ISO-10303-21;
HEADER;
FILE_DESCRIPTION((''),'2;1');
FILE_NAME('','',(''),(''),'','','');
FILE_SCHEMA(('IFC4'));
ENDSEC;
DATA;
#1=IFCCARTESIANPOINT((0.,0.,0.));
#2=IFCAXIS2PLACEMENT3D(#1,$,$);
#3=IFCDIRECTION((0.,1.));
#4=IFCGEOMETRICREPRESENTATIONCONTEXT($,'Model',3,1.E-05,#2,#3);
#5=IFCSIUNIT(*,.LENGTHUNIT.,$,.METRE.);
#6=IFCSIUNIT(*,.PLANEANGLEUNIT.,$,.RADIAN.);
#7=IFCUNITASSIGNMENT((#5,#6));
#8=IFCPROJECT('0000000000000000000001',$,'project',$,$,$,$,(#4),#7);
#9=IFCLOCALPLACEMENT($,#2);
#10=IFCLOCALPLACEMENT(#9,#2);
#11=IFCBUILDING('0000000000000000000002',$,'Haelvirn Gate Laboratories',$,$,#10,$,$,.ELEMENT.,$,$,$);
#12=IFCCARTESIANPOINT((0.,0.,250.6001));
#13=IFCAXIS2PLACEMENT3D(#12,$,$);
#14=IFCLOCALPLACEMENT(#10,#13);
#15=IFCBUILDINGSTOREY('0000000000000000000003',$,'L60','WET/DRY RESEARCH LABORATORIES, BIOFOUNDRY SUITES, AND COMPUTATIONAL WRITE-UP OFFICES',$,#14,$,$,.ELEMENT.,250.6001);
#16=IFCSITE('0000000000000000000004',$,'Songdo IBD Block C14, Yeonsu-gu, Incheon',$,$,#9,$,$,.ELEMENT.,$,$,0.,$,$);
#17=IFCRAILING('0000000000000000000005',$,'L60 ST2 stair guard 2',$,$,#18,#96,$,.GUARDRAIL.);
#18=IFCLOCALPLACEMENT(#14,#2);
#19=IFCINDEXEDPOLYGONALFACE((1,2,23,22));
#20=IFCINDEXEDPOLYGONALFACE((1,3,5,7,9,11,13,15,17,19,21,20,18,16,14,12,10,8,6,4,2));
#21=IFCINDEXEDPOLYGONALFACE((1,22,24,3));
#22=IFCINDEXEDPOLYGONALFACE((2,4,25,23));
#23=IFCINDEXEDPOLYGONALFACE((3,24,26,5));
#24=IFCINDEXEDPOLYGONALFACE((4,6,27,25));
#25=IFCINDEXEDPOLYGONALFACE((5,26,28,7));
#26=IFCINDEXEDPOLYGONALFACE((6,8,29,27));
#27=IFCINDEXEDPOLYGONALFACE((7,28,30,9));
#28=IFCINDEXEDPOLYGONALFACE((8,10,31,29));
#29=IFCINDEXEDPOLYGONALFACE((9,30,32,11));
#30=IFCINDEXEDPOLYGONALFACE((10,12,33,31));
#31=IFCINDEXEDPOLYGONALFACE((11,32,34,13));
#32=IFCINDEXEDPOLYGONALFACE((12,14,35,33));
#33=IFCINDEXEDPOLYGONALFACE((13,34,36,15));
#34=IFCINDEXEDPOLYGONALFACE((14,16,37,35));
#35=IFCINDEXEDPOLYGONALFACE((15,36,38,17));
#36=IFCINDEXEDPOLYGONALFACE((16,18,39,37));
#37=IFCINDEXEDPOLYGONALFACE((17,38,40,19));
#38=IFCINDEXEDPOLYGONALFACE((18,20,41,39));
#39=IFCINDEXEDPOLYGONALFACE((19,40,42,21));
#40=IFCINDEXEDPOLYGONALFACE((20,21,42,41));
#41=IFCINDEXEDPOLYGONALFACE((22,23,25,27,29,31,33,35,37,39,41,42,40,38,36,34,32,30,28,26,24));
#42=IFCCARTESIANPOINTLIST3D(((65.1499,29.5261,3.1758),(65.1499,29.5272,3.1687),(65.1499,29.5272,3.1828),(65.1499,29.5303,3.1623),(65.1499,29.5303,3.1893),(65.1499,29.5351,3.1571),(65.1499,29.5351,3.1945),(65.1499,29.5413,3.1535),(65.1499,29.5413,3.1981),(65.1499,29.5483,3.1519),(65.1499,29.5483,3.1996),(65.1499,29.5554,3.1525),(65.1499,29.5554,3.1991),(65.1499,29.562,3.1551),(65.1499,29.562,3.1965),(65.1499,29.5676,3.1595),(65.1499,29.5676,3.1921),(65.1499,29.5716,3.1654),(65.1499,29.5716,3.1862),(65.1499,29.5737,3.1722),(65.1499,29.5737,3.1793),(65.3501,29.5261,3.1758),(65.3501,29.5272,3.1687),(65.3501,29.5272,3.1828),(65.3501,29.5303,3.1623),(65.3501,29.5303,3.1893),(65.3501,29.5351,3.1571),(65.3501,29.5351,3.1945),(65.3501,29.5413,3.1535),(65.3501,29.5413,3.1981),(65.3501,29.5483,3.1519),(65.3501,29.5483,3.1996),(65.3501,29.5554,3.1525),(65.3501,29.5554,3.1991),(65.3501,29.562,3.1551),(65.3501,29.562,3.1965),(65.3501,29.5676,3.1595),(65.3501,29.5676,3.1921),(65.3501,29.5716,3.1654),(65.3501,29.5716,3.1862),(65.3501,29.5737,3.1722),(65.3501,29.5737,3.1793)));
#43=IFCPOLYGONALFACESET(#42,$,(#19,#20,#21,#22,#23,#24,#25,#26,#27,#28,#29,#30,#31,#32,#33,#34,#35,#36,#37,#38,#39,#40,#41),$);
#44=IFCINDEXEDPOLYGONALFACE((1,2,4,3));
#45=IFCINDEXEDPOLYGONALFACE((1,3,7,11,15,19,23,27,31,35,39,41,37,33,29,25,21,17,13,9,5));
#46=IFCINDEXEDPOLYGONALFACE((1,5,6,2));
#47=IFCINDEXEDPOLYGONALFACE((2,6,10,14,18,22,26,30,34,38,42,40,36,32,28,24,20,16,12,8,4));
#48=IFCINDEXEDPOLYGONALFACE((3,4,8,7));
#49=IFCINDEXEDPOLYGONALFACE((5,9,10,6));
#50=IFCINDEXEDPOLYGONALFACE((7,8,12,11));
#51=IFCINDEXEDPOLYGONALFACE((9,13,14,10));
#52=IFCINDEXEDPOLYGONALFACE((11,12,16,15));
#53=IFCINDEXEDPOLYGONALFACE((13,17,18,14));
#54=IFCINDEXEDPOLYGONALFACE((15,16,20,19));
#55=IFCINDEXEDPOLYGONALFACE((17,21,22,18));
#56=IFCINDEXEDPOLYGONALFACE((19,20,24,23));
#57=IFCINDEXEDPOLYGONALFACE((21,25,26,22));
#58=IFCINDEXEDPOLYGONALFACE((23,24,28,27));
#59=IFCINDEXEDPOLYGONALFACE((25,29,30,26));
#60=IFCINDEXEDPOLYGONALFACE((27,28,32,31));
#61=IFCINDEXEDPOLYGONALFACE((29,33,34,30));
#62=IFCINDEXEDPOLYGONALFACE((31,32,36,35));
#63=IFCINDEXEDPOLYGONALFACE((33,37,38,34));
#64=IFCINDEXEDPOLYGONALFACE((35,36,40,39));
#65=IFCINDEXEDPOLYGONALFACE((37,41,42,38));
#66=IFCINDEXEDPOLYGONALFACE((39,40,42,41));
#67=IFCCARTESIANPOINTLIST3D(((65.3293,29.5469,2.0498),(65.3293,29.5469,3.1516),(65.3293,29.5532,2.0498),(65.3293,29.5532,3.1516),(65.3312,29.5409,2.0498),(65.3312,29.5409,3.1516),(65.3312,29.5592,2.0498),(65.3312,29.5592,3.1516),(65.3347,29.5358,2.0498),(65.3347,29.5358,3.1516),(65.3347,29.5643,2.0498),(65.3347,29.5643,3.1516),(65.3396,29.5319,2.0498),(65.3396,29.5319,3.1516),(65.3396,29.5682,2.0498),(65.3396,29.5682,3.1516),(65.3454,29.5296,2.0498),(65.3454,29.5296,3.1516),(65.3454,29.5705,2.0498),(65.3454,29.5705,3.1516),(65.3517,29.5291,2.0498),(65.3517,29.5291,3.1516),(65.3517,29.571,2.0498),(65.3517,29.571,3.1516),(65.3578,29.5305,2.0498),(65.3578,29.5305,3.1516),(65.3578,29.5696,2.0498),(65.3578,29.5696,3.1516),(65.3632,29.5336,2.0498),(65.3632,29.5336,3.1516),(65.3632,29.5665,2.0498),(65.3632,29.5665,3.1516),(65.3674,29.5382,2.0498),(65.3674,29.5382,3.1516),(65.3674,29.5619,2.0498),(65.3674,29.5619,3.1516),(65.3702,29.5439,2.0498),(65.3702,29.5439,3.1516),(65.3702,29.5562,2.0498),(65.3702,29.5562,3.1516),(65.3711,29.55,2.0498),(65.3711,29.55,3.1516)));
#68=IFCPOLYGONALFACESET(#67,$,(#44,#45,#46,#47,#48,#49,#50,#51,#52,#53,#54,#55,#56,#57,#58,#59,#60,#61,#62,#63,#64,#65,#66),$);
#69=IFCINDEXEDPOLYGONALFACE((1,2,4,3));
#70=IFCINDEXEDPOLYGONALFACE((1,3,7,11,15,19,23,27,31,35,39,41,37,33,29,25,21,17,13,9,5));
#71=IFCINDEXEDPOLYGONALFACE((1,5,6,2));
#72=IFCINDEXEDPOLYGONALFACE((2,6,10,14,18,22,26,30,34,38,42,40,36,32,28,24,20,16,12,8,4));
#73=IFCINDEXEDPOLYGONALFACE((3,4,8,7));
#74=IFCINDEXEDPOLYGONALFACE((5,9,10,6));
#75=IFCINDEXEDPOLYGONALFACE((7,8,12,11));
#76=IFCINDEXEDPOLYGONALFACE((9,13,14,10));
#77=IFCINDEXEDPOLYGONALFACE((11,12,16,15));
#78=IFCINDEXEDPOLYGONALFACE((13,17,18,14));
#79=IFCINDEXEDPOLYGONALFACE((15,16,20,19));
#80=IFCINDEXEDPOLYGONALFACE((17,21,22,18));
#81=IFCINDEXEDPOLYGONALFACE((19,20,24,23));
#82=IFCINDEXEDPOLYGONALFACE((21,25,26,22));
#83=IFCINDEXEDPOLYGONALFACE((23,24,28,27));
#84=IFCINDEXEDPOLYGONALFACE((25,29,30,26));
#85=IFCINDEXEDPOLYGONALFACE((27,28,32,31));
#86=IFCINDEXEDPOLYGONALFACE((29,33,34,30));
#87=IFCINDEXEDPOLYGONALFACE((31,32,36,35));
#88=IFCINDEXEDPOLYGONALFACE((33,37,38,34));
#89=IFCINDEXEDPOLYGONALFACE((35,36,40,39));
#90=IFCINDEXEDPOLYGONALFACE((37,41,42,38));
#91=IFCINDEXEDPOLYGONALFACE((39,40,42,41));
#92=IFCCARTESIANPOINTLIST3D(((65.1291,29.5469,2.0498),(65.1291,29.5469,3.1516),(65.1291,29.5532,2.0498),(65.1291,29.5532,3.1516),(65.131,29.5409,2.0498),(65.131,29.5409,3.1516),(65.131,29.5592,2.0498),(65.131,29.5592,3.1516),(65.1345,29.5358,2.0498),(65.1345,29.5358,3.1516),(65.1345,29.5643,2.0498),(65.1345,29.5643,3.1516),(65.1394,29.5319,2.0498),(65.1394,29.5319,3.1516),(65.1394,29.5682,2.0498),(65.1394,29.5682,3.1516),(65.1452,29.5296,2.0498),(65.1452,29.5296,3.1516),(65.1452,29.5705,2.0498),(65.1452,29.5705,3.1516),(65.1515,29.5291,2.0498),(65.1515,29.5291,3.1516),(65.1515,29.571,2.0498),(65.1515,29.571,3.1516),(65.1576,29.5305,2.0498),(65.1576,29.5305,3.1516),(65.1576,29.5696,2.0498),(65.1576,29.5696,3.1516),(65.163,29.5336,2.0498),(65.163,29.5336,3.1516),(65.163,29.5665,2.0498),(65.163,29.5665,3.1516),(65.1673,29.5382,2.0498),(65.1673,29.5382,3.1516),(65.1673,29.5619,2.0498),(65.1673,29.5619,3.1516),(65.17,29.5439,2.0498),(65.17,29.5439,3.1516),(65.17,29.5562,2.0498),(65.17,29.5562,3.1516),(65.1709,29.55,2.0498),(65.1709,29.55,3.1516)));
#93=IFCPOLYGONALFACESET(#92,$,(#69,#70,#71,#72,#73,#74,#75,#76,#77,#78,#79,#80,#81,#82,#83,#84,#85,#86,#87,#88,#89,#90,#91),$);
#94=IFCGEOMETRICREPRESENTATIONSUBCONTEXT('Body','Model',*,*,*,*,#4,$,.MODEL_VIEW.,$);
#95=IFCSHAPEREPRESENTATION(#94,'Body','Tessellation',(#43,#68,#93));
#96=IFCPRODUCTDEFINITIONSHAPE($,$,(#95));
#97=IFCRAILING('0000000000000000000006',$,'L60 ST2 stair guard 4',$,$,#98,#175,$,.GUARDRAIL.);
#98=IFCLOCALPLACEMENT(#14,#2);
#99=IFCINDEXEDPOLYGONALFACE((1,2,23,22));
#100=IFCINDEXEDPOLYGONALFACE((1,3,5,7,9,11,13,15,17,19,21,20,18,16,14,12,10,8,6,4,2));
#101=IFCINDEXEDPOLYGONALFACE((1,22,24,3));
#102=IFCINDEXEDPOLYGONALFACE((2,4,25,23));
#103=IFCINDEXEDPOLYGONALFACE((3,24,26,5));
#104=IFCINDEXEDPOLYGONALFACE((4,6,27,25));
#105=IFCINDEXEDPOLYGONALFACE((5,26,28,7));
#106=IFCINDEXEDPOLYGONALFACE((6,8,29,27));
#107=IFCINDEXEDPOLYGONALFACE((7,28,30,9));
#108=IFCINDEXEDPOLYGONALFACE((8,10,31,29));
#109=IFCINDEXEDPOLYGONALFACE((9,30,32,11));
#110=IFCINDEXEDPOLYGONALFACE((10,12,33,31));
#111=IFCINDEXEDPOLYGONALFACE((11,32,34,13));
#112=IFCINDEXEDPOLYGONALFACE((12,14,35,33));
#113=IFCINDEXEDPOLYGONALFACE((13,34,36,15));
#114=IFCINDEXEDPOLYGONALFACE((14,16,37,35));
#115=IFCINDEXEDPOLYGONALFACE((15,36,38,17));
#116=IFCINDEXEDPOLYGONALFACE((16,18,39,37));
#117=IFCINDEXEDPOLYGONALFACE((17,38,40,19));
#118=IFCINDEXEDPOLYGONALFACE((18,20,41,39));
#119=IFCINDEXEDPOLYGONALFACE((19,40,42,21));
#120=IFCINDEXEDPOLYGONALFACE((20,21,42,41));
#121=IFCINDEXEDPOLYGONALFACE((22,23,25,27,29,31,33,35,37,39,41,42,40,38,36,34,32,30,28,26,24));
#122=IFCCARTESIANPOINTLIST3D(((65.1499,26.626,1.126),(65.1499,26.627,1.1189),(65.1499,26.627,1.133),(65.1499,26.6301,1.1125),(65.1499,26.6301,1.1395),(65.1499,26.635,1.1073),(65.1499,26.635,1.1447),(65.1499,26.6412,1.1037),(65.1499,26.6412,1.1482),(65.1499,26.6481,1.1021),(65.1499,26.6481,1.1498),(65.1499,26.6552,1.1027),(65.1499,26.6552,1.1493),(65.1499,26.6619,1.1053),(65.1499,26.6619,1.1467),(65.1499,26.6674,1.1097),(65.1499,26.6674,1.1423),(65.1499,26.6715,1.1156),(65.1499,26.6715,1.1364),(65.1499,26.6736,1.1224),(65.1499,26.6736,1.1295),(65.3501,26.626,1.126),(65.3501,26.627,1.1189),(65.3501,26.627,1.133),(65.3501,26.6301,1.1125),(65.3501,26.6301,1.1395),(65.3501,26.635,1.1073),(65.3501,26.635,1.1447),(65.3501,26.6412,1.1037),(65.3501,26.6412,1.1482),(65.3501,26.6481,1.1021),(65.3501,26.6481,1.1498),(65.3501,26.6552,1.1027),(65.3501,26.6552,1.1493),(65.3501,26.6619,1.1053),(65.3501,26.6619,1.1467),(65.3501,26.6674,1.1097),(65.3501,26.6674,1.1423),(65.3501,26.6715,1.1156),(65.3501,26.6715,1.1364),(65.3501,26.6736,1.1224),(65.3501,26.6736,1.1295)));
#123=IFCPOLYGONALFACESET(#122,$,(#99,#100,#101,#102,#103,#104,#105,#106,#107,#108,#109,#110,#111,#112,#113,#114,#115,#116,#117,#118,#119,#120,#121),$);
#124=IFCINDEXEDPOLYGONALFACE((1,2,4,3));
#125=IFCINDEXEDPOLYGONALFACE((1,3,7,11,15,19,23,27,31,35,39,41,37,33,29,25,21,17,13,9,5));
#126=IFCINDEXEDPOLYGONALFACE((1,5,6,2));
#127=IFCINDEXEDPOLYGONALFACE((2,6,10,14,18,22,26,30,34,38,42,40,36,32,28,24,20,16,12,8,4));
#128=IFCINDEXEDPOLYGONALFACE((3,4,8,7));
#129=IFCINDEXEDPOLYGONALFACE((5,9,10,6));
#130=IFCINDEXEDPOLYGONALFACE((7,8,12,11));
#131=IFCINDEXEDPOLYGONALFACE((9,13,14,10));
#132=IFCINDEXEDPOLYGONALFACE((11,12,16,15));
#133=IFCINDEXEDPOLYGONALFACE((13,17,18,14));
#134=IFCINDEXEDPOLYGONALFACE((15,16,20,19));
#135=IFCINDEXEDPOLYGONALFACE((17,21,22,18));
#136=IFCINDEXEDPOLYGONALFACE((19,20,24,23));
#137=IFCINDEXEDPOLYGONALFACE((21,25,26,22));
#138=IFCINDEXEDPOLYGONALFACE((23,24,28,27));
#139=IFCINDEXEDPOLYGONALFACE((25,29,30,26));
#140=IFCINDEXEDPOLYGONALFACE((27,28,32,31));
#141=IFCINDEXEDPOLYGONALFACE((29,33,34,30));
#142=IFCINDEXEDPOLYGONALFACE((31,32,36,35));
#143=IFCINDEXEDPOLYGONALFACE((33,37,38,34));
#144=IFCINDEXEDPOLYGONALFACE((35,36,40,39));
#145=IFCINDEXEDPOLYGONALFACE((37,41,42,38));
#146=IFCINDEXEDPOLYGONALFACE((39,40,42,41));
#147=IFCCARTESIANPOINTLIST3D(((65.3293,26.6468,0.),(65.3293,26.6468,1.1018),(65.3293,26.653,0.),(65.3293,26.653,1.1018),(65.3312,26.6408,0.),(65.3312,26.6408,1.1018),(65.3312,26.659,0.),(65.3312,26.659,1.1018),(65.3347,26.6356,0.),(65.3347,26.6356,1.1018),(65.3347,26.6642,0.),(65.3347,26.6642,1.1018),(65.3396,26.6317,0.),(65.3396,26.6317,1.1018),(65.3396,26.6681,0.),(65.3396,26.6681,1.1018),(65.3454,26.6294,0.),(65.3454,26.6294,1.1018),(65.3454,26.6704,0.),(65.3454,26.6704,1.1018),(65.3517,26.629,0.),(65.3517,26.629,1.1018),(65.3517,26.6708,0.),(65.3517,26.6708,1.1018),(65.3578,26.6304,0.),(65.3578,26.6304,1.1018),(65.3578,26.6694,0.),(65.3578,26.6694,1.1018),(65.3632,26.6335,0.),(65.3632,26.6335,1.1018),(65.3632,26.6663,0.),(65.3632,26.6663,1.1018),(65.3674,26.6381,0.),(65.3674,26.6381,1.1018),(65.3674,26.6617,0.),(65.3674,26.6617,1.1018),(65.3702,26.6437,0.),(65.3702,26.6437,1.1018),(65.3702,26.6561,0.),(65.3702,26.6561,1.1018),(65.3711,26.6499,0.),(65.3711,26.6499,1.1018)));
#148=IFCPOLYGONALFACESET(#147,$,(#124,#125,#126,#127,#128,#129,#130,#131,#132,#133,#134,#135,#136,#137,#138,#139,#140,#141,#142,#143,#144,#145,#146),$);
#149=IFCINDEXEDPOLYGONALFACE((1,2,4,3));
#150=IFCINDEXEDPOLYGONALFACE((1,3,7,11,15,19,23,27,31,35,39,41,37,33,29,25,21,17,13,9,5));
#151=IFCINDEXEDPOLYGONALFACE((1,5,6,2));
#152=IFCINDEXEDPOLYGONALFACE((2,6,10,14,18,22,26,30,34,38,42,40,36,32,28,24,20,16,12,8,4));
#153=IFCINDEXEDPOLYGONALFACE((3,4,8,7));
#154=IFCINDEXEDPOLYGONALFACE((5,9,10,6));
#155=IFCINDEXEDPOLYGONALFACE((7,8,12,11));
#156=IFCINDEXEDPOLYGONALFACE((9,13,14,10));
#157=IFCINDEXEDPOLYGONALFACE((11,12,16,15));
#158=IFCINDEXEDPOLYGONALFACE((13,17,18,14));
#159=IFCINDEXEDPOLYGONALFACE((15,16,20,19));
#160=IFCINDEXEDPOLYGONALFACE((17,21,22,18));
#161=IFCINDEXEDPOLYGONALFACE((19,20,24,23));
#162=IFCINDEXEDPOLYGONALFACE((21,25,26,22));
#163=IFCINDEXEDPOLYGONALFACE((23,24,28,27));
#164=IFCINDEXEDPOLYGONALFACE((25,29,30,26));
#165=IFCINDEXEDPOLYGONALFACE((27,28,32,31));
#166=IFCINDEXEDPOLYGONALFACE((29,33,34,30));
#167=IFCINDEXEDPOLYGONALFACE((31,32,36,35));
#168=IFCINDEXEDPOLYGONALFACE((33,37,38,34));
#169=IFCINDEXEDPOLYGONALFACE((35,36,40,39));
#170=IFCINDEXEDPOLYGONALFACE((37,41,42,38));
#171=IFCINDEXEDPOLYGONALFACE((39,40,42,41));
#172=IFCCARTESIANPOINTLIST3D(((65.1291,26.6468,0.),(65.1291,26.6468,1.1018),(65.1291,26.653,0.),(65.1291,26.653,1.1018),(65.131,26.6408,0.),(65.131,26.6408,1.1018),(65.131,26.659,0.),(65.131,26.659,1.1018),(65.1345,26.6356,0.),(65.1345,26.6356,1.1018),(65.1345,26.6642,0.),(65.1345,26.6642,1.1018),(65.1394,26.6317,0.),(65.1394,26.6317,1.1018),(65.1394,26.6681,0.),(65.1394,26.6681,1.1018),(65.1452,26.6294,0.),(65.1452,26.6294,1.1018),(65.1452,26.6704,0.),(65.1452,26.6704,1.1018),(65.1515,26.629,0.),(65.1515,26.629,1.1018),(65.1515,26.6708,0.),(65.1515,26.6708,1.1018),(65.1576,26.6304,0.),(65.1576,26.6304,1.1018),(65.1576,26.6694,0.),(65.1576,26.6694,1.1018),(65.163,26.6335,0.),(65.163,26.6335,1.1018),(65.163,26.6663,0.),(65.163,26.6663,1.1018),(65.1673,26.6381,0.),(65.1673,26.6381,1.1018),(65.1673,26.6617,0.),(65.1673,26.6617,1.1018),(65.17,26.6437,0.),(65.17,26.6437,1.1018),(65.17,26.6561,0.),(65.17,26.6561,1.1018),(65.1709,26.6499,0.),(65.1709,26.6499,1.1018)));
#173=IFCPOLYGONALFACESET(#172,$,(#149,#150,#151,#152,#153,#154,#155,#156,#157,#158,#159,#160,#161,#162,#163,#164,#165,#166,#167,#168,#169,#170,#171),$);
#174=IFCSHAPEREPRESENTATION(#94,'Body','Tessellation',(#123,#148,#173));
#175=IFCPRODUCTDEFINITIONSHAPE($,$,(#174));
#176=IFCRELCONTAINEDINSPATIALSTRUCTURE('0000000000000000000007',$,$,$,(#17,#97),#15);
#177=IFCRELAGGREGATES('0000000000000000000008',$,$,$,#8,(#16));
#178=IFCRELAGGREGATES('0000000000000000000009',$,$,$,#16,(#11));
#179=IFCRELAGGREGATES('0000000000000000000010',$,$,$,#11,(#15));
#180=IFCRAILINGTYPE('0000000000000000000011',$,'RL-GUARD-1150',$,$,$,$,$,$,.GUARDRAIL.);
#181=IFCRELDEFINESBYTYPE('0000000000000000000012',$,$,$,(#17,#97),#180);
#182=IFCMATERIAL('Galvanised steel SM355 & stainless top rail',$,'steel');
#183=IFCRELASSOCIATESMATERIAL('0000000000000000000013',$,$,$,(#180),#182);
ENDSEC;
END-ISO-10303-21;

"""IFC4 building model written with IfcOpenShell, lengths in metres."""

from ifc_helpers import new_model, si_unit, direction, frame, origin, origin_2d, place, context, subcontext, project, spatial, circle, extrude, source, transform, mapped, material, type_object, element, save


model = new_model("IFC4")

# Units and contexts
model_context = context("Model", 3, precision=1e-05, world=origin(), true_north=direction((0.0, 1.0)))
body_context = subcontext(model_context, "Body", "Model", "MODEL_VIEW")
ifc_project = project(units=[si_unit("LENGTHUNIT", "METRE"), si_unit("PLANEANGLEUNIT", "RADIAN")], contexts=[model_context])

# Site, building, storey
site_placement = place(None, origin())
site = spatial("IfcSite", under=ifc_project, at=site_placement, Name="Songdo IBD Block C14, Yeonsu-gu, Incheon", CompositionType="ELEMENT", RefElevation=0.0)
building_placement = place(site_placement, origin())
building = spatial("IfcBuilding", under=site, at=building_placement, Name="Haelvirn Gate Laboratories", CompositionType="ELEMENT")
storey_placement = place(building_placement, frame((0.0, 0.0, 250.6001)))
storey = spatial("IfcBuildingStorey", under=building, at=storey_placement, Name="L60", Description="WET/DRY RESEARCH LABORATORIES, BIOFOUNDRY SUITES, AND COMPUTATIONAL WRITE-UP OFFICES", CompositionType="ELEMENT", Elevation=250.6001)

# Railings
ifc_material_1 = material(Name="Galvanised steel SM355 & stainless top rail", Category="steel")
railing_type_1 = type_object("IfcRailingType", Name="RL-GUARD-1150", PredefinedType="GUARDRAIL", material=ifc_material_1)
shared_shape_1 = source(origin(), body_context, "Body", "SweptSolid", [
    extrude(circle(Radius=0.0239, at=origin_2d()), frame((0.0, 0.0, 1.126), z_axis=(-1.0, 0.0, 0.0), x_axis=(0.0, -1.0, 0.0)), (0.0, 0.0, 1.0), 0.2002),
    extrude(circle(Radius=0.021, at=origin_2d()), origin(), (0.0, 0.0, 1.0), 1.1018),
    extrude(circle(Radius=0.021, at=origin_2d()), frame((-0.2002, 0.0, 0.0)), (0.0, 0.0, 1.0), 1.1018),
])
for number, where, name in (
    (1, (65.3501, 29.55, 2.0498), "L60 ST2 stair guard 2"),
    (2, (65.3501, 26.6499, 0.0), "L60 ST2 stair guard 4"),
):
    element("IfcRailing", number, at=place(storey_placement, frame(where)), inside=storey, type_object=railing_type_1, Name=name, PredefinedType="GUARDRAIL", context=body_context, shape_type="MappedRepresentation", body=[
        mapped(shared_shape_1, transform((0.0, 0.0, 0.0), scale=1.0)),
    ])

save(model, "model.ifc")
